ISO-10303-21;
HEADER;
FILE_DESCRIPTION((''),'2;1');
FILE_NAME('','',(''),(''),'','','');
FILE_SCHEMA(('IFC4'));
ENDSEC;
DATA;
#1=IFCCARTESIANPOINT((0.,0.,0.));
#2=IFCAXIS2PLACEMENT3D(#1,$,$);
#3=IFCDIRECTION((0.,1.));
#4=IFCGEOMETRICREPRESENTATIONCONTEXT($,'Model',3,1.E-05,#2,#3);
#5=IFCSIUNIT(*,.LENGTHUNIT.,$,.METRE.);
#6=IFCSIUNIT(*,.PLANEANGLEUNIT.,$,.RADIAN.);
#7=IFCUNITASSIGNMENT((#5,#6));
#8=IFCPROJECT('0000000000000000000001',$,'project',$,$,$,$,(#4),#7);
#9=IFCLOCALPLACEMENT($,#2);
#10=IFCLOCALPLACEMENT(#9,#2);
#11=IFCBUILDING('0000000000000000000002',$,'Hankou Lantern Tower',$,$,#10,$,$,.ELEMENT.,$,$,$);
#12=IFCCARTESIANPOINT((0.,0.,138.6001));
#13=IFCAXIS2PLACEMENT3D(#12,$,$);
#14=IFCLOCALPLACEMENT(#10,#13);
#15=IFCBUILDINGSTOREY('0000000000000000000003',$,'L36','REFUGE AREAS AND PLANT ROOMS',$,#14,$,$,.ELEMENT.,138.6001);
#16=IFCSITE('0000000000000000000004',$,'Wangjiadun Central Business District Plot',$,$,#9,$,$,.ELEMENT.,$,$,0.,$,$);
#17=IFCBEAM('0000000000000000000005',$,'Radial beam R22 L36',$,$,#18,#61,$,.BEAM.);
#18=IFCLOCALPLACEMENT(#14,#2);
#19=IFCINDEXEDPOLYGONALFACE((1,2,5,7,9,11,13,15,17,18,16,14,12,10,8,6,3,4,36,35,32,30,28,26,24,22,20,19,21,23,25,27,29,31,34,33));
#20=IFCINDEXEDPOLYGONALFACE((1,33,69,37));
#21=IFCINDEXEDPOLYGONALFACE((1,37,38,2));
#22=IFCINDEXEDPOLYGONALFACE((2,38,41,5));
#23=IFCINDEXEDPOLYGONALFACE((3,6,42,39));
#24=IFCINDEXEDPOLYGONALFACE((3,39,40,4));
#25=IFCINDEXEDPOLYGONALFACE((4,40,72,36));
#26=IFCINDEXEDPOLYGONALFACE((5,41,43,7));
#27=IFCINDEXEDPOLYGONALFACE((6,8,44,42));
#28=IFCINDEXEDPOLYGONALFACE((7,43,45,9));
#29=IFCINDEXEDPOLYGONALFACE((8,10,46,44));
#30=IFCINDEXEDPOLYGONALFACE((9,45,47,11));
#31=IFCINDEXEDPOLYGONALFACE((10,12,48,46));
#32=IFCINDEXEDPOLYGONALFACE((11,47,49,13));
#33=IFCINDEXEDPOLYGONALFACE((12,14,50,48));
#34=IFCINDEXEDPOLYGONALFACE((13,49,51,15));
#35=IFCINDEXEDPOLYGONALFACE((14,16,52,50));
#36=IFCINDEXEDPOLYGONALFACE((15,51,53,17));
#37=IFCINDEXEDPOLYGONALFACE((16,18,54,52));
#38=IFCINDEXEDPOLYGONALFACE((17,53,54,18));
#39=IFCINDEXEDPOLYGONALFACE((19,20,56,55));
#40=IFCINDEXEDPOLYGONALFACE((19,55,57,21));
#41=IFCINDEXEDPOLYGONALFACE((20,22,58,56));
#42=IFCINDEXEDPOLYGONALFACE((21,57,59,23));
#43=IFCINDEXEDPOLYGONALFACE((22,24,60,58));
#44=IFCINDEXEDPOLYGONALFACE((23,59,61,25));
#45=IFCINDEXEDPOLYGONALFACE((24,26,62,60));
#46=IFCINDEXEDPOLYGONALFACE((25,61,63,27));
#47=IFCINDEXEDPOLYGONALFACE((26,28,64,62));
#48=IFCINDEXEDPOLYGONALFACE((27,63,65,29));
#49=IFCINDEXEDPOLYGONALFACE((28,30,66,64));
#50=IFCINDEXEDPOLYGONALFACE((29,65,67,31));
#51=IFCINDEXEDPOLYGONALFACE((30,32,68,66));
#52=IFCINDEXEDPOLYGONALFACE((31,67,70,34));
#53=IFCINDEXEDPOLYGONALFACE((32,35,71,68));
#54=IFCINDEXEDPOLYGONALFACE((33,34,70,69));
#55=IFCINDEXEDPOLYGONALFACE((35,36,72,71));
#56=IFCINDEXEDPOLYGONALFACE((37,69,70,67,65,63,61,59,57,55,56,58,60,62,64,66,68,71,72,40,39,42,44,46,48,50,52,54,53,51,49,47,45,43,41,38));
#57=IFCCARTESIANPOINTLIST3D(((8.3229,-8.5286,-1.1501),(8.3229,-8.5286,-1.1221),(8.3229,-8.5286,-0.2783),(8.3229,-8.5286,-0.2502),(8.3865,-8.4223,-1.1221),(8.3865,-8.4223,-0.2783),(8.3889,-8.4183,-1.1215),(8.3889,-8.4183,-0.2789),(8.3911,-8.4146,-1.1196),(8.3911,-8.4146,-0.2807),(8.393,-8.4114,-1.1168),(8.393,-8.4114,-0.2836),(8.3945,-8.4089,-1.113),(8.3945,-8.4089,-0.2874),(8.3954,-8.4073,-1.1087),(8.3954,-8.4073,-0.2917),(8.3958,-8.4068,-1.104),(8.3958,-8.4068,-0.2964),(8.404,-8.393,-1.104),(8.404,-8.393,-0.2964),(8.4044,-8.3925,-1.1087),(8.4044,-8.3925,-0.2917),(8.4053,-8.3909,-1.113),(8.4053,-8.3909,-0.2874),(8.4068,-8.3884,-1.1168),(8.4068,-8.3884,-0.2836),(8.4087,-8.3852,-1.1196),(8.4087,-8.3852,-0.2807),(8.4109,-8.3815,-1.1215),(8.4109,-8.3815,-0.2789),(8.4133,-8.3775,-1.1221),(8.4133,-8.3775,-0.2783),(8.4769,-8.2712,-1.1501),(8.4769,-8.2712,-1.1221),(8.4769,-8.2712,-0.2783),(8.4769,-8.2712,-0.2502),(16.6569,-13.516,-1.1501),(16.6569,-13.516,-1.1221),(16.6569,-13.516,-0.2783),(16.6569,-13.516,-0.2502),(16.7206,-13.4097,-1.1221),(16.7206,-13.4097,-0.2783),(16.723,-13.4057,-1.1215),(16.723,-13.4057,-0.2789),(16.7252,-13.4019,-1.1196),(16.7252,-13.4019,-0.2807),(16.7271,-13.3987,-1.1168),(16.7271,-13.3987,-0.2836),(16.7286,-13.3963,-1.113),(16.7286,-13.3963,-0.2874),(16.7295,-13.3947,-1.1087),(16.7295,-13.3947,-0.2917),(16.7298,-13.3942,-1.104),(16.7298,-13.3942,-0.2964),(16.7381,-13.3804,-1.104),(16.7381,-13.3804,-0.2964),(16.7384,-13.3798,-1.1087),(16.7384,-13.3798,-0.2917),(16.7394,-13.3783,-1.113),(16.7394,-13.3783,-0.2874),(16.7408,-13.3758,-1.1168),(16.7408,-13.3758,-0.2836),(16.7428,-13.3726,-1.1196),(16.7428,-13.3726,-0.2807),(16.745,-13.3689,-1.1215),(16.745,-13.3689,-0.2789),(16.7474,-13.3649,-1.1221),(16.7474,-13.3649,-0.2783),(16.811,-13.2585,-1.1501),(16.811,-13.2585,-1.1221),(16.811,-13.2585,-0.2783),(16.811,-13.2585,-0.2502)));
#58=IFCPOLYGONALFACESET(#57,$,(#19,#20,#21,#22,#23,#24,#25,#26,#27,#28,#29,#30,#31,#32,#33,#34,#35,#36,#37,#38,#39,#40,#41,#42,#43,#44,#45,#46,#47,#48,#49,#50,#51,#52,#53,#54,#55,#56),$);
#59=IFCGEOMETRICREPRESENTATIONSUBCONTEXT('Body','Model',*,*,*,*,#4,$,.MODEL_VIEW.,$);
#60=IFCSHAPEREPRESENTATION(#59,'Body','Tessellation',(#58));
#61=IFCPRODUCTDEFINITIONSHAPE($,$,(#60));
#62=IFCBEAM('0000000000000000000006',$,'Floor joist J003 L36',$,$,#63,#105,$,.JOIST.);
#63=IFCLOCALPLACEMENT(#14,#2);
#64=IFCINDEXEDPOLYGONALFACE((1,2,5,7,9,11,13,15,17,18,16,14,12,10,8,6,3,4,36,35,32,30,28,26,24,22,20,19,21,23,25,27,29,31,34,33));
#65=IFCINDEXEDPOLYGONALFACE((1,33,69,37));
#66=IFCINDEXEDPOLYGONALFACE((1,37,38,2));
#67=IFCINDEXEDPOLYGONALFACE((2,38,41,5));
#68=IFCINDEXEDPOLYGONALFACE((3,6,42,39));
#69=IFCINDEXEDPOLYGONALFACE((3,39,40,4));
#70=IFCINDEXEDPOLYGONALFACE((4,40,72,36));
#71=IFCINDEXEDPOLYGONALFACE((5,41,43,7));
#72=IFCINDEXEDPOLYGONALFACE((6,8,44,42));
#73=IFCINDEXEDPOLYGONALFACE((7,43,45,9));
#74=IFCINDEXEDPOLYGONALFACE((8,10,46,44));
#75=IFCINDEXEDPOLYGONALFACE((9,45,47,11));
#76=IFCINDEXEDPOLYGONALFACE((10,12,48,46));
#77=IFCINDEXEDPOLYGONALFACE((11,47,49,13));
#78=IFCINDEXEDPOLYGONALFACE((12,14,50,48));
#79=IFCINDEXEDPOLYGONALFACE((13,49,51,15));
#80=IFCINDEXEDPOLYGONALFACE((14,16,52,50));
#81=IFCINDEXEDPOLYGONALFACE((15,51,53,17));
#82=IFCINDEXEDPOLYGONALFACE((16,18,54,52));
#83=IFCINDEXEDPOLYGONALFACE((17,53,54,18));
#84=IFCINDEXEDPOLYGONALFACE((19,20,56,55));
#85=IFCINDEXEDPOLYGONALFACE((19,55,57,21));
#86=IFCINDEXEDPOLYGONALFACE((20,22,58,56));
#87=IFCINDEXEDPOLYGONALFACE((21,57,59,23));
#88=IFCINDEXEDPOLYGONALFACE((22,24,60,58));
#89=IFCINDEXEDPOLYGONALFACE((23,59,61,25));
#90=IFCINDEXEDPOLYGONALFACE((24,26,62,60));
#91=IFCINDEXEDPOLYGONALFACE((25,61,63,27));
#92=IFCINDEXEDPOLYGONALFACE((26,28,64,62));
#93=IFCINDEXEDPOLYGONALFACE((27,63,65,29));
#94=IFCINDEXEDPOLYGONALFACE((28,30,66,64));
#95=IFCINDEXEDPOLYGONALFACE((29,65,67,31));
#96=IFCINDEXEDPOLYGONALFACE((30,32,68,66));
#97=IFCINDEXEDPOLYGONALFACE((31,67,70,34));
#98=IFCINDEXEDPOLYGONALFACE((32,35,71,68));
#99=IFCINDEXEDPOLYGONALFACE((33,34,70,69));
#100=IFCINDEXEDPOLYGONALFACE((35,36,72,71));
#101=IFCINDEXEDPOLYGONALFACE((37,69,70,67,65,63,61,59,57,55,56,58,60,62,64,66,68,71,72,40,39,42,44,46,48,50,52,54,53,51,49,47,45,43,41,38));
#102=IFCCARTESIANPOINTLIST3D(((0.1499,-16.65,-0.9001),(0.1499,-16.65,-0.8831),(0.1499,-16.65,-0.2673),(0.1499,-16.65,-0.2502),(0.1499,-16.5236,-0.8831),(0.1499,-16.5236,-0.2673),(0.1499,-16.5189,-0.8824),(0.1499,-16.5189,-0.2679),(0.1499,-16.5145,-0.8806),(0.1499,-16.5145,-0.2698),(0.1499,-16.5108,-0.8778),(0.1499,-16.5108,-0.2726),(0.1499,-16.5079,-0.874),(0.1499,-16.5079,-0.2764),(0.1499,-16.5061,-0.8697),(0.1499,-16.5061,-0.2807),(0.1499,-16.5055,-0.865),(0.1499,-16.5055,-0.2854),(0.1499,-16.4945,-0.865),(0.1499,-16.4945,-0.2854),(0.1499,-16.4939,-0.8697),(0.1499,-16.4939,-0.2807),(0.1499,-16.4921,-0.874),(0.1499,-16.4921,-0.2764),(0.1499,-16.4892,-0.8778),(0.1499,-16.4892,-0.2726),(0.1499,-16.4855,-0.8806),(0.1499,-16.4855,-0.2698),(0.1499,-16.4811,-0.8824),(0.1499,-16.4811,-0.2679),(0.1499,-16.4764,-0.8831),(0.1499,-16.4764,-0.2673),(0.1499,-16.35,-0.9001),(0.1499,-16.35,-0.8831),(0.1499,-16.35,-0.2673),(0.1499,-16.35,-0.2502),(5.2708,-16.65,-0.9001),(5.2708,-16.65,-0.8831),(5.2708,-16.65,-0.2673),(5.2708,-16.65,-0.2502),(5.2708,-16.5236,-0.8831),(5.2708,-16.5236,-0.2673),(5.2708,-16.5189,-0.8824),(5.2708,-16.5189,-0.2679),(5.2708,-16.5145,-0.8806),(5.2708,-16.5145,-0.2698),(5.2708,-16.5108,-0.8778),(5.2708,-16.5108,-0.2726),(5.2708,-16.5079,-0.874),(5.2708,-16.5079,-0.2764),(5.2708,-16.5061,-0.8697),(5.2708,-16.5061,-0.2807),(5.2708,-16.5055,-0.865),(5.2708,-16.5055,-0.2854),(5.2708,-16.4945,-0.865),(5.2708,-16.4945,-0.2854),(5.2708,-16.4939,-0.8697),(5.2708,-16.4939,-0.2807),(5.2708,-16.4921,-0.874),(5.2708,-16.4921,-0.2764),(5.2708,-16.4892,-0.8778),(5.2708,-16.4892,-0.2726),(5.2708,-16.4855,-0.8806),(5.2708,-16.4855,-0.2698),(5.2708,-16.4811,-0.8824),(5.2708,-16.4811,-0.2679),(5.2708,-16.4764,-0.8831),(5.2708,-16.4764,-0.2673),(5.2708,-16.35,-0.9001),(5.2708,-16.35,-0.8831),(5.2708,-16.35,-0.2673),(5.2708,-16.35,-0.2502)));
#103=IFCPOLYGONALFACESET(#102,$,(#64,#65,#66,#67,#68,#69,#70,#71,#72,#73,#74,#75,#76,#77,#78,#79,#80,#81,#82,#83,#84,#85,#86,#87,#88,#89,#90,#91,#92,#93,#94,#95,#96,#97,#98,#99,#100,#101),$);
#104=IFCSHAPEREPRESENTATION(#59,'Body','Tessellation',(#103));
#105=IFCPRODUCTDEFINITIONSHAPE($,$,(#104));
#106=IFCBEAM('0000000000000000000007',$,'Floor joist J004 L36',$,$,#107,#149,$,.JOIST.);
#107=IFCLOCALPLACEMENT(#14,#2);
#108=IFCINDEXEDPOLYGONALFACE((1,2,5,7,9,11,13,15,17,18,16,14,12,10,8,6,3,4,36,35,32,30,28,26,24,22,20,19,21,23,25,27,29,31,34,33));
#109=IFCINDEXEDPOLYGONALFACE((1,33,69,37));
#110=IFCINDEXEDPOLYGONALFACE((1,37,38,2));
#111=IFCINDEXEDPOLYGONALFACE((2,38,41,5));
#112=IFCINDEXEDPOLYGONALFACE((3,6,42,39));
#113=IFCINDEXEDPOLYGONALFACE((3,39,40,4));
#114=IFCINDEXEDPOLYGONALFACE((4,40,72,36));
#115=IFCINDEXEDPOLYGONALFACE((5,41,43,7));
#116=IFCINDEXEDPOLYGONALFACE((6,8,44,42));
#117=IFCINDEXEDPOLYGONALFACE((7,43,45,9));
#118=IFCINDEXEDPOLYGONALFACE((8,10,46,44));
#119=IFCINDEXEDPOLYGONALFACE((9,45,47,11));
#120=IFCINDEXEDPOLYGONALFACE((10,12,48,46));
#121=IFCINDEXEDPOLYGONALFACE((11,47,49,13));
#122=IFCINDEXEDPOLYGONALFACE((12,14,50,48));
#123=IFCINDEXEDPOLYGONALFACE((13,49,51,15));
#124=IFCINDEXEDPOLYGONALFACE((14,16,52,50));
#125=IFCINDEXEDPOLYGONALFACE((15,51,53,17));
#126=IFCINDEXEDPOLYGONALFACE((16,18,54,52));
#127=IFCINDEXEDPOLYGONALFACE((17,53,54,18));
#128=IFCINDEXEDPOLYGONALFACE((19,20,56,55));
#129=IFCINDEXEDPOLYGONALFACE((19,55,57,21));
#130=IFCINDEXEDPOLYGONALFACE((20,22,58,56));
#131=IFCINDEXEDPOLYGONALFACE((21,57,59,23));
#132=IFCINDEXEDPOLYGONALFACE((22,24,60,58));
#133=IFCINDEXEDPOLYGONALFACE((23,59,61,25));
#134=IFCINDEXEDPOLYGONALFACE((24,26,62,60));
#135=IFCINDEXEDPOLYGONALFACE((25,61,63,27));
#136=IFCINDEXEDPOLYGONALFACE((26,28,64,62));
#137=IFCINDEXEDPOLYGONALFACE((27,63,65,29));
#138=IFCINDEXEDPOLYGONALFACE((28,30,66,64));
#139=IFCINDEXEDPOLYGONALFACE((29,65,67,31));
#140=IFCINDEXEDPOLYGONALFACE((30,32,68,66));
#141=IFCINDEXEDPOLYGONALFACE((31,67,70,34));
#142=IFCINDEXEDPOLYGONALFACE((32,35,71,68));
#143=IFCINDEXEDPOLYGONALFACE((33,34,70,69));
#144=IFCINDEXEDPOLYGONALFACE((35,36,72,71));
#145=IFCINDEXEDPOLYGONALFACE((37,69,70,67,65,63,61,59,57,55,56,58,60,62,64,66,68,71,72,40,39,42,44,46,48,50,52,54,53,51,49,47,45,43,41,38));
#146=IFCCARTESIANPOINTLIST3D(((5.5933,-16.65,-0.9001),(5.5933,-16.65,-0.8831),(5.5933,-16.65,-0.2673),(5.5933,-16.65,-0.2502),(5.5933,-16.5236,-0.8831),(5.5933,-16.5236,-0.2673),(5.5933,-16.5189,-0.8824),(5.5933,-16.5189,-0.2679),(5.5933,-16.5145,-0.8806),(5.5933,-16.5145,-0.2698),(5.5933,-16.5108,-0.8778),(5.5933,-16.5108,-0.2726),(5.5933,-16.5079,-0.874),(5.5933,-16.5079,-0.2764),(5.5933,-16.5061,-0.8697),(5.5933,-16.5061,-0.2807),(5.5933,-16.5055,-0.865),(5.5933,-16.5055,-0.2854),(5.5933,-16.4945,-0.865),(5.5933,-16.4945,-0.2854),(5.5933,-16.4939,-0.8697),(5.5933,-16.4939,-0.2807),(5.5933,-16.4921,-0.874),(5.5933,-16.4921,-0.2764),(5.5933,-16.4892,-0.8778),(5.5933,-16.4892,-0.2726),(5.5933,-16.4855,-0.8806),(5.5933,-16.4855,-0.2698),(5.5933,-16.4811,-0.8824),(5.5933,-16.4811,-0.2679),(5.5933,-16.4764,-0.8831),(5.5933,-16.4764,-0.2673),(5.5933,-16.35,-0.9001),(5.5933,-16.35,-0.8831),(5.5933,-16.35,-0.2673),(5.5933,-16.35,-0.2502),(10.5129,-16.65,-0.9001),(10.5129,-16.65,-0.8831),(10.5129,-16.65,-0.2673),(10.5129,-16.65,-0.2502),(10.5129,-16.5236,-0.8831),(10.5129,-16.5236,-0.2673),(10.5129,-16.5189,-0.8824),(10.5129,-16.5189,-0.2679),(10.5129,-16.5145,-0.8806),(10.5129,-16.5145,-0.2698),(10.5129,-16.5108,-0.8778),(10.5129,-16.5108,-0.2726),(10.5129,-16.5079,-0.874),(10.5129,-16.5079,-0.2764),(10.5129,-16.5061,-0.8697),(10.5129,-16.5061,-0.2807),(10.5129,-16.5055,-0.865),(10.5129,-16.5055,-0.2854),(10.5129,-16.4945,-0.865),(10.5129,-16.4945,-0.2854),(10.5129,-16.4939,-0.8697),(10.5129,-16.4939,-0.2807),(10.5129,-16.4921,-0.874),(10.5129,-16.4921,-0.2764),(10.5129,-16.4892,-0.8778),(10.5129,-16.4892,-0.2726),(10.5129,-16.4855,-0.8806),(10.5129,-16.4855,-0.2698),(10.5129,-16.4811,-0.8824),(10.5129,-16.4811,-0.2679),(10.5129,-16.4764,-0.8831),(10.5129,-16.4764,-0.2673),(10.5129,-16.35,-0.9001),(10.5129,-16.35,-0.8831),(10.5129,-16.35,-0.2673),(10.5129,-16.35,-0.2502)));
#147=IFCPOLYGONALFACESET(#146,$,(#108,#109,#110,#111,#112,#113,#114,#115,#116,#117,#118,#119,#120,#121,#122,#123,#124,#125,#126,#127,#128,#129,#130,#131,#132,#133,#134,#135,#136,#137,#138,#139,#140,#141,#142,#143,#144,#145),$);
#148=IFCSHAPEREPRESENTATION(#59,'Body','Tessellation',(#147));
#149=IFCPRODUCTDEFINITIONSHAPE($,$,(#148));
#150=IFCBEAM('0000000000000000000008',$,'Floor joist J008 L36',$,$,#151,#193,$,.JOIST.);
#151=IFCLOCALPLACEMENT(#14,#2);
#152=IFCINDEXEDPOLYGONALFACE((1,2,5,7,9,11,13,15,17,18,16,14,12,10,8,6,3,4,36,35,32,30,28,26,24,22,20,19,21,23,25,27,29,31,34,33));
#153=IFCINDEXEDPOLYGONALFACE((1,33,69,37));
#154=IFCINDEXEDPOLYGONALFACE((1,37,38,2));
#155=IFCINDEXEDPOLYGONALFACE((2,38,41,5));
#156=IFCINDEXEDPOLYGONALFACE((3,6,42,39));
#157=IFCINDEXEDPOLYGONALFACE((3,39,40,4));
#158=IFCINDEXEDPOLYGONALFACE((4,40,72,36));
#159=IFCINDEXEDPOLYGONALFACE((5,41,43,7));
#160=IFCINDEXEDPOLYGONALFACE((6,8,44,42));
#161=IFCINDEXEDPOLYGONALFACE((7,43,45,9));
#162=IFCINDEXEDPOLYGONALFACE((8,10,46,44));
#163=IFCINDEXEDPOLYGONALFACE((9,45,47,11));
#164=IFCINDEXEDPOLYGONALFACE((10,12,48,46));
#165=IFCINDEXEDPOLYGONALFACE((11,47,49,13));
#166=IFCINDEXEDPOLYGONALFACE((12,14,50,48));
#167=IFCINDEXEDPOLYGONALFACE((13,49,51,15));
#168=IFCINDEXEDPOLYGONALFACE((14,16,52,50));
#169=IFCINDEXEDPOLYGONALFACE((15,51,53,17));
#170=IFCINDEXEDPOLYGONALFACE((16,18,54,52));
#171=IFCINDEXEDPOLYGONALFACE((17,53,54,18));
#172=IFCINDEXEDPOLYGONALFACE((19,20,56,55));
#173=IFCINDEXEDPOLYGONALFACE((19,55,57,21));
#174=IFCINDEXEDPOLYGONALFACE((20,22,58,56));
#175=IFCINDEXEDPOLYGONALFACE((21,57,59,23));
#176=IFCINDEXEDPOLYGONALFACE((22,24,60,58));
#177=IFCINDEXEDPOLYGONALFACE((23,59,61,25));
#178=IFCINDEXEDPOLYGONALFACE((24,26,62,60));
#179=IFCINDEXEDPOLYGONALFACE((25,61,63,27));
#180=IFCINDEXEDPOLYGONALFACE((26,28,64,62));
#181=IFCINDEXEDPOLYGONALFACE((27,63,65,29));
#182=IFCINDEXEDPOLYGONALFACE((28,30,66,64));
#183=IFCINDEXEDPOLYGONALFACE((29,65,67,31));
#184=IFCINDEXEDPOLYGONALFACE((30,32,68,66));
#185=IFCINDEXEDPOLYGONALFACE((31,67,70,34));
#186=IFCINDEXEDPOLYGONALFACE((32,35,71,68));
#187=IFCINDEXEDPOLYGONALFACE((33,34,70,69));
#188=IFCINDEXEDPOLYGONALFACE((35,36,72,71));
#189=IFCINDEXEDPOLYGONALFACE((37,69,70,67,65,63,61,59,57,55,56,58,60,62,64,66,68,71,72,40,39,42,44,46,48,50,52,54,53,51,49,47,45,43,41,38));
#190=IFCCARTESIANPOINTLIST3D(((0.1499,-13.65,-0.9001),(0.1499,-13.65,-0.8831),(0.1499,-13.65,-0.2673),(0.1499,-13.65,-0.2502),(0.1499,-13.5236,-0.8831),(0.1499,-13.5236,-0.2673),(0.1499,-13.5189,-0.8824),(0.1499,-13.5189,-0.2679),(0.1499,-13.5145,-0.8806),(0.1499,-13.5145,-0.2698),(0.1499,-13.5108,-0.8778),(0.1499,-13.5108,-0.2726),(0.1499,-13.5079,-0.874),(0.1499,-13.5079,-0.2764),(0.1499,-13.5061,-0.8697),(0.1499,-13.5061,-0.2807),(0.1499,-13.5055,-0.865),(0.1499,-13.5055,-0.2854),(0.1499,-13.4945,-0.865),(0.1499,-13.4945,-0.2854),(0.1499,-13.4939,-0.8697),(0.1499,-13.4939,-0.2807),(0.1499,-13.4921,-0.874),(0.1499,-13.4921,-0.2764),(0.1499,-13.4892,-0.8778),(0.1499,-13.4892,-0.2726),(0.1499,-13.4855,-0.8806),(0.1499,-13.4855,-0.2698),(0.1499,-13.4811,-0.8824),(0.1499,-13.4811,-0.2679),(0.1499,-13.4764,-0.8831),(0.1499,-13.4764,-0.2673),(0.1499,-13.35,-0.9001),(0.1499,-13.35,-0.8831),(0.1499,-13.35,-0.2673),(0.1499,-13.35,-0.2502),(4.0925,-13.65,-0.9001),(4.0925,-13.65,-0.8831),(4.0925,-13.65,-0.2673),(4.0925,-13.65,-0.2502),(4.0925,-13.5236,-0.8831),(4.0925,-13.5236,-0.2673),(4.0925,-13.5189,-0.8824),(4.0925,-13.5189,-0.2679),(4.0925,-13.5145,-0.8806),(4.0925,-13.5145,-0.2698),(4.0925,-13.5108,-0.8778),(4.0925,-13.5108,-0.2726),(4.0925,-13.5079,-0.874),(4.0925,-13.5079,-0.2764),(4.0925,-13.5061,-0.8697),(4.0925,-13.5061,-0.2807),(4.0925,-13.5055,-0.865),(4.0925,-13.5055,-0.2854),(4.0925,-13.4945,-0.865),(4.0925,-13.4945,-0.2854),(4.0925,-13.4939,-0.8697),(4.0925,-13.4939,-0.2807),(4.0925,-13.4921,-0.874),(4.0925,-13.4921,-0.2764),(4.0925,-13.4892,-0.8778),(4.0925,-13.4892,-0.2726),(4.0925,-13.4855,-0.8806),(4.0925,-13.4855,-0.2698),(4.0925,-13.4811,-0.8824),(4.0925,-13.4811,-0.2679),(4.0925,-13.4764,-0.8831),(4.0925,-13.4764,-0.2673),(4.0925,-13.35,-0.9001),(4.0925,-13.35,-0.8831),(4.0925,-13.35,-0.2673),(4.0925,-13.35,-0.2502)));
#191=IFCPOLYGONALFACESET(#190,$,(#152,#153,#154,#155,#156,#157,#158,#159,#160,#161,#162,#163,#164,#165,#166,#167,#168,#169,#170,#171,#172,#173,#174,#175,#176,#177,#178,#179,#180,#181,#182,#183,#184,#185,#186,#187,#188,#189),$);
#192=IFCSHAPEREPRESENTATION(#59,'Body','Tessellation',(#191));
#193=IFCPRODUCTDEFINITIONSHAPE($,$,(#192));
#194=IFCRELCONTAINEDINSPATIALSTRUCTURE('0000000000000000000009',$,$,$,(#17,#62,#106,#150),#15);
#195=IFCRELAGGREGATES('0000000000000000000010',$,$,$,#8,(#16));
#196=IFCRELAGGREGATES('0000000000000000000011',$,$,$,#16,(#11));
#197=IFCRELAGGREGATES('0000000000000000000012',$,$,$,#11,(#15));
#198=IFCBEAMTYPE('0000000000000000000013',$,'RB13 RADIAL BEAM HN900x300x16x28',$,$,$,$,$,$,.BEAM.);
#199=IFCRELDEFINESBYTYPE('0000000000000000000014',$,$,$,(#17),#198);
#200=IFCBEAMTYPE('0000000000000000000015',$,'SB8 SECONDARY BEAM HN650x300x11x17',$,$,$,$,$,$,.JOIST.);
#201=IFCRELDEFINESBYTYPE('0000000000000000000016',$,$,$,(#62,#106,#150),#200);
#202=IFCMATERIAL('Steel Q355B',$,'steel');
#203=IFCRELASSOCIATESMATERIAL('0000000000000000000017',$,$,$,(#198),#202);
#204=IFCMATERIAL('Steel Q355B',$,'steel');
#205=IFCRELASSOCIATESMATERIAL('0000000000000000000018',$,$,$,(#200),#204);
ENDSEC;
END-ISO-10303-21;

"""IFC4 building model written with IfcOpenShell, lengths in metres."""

from ifc_helpers import new_model, si_unit, direction, frame, origin, origin_2d, place, context, subcontext, project, spatial, i_section, extrude, material, material_profile, profile_set, type_object, element, save


model = new_model("IFC4")

# Units and contexts
model_context = context("Model", 3, precision=1e-05, world=origin(), true_north=direction((0.0, 1.0)))
body_context = subcontext(model_context, "Body", "Model", "MODEL_VIEW")
ifc_project = project(units=[si_unit("LENGTHUNIT", "METRE"), si_unit("PLANEANGLEUNIT", "RADIAN")], contexts=[model_context])

# Site, building, storey
site_placement = place(None, origin())
site = spatial("IfcSite", under=ifc_project, at=site_placement, Name="Wangjiadun Central Business District Plot", CompositionType="ELEMENT", RefElevation=0.0)
building_placement = place(site_placement, origin())
building = spatial("IfcBuilding", under=site, at=building_placement, Name="Hankou Lantern Tower", CompositionType="ELEMENT")
storey_placement = place(building_placement, frame((0.0, 0.0, 138.6001)))
storey = spatial("IfcBuildingStorey", under=building, at=storey_placement, Name="L36", Description="REFUGE AREAS AND PLANT ROOMS", CompositionType="ELEMENT", Elevation=138.6001)

# Beams
ifc_material_1 = material(Name="Steel Q355B", Category="steel")
ifc_material_profile_1 = material_profile(ifc_material_1, i_section(OverallWidth=0.3, OverallDepth=0.8999, WebThickness=0.0161, FlangeThickness=0.0281, FilletRadius=0.0181, at=origin_2d()), Name="HN900x300x16x28")
ifc_profile_set_1 = profile_set([ifc_material_profile_1], Name="Steel Q355B")
beam_type_1 = type_object("IfcBeamType", Name="RB13 RADIAL BEAM HN900x300x16x28", PredefinedType="BEAM", material=ifc_profile_set_1)
beam_1_placement = place(storey_placement, frame((8.3999, -8.3999, -0.7002), z_axis=(0.858087, -0.513505, 0.0), x_axis=(0.513505, 0.858087, 0.0)))
element("IfcBeam", 1, at=beam_1_placement, inside=storey, type_object=beam_type_1, Name="Radial beam R22 L36", PredefinedType="BEAM", context=body_context, shape_type="SweptSolid", body=[
    extrude(i_section(OverallWidth=0.3, OverallDepth=0.8999, WebThickness=0.0161, FlangeThickness=0.0281, FilletRadius=0.0181, at=origin_2d()), origin(), (0.0, 0.0, 1.0), 9.7124),
])
ifc_material_2 = material(Name="Steel Q355B", Category="steel")
ifc_material_profile_2 = material_profile(ifc_material_2, i_section(OverallWidth=0.3, OverallDepth=0.6499, WebThickness=0.011, FlangeThickness=0.0171, FilletRadius=0.0181, at=origin_2d()), Name="HN650x300x11x17")
ifc_profile_set_2 = profile_set([ifc_material_profile_2], Name="Steel Q355B")
beam_type_2 = type_object("IfcBeamType", Name="SB8 SECONDARY BEAM HN650x300x11x17", PredefinedType="JOIST", material=ifc_profile_set_2)
beam_2_placement = place(storey_placement, frame((0.1499, -16.5, -0.5752), z_axis=(1.0, 0.0, 0.0), x_axis=(0.0, 1.0, 0.0)))
element("IfcBeam", 2, at=beam_2_placement, inside=storey, type_object=beam_type_2, Name="Floor joist J003 L36", PredefinedType="JOIST", context=body_context, shape_type="SweptSolid", body=[
    extrude(i_section(OverallWidth=0.3, OverallDepth=0.6499, WebThickness=0.011, FlangeThickness=0.0171, FilletRadius=0.0181, at=origin_2d()), origin(), (0.0, 0.0, 1.0), 5.1208),
])
beam_3_placement = place(storey_placement, frame((5.5933, -16.5, -0.5752), z_axis=(1.0, 0.0, 0.0), x_axis=(0.0, 1.0, 0.0)))
element("IfcBeam", 3, at=beam_3_placement, inside=storey, type_object=beam_type_2, Name="Floor joist J004 L36", PredefinedType="JOIST", context=body_context, shape_type="SweptSolid", body=[
    extrude(i_section(OverallWidth=0.3, OverallDepth=0.6499, WebThickness=0.011, FlangeThickness=0.0171, FilletRadius=0.0181, at=origin_2d()), origin(), (0.0, 0.0, 1.0), 4.9197),
])
beam_4_placement = place(storey_placement, frame((0.1499, -13.5, -0.5752), z_axis=(1.0, 0.0, 0.0), x_axis=(0.0, 1.0, 0.0)))
element("IfcBeam", 4, at=beam_4_placement, inside=storey, type_object=beam_type_2, Name="Floor joist J008 L36", PredefinedType="JOIST", context=body_context, shape_type="SweptSolid", body=[
    extrude(i_section(OverallWidth=0.3, OverallDepth=0.6499, WebThickness=0.011, FlangeThickness=0.0171, FilletRadius=0.0181, at=origin_2d()), origin(), (0.0, 0.0, 1.0), 3.9426),
])

save(model, "model.ifc")
